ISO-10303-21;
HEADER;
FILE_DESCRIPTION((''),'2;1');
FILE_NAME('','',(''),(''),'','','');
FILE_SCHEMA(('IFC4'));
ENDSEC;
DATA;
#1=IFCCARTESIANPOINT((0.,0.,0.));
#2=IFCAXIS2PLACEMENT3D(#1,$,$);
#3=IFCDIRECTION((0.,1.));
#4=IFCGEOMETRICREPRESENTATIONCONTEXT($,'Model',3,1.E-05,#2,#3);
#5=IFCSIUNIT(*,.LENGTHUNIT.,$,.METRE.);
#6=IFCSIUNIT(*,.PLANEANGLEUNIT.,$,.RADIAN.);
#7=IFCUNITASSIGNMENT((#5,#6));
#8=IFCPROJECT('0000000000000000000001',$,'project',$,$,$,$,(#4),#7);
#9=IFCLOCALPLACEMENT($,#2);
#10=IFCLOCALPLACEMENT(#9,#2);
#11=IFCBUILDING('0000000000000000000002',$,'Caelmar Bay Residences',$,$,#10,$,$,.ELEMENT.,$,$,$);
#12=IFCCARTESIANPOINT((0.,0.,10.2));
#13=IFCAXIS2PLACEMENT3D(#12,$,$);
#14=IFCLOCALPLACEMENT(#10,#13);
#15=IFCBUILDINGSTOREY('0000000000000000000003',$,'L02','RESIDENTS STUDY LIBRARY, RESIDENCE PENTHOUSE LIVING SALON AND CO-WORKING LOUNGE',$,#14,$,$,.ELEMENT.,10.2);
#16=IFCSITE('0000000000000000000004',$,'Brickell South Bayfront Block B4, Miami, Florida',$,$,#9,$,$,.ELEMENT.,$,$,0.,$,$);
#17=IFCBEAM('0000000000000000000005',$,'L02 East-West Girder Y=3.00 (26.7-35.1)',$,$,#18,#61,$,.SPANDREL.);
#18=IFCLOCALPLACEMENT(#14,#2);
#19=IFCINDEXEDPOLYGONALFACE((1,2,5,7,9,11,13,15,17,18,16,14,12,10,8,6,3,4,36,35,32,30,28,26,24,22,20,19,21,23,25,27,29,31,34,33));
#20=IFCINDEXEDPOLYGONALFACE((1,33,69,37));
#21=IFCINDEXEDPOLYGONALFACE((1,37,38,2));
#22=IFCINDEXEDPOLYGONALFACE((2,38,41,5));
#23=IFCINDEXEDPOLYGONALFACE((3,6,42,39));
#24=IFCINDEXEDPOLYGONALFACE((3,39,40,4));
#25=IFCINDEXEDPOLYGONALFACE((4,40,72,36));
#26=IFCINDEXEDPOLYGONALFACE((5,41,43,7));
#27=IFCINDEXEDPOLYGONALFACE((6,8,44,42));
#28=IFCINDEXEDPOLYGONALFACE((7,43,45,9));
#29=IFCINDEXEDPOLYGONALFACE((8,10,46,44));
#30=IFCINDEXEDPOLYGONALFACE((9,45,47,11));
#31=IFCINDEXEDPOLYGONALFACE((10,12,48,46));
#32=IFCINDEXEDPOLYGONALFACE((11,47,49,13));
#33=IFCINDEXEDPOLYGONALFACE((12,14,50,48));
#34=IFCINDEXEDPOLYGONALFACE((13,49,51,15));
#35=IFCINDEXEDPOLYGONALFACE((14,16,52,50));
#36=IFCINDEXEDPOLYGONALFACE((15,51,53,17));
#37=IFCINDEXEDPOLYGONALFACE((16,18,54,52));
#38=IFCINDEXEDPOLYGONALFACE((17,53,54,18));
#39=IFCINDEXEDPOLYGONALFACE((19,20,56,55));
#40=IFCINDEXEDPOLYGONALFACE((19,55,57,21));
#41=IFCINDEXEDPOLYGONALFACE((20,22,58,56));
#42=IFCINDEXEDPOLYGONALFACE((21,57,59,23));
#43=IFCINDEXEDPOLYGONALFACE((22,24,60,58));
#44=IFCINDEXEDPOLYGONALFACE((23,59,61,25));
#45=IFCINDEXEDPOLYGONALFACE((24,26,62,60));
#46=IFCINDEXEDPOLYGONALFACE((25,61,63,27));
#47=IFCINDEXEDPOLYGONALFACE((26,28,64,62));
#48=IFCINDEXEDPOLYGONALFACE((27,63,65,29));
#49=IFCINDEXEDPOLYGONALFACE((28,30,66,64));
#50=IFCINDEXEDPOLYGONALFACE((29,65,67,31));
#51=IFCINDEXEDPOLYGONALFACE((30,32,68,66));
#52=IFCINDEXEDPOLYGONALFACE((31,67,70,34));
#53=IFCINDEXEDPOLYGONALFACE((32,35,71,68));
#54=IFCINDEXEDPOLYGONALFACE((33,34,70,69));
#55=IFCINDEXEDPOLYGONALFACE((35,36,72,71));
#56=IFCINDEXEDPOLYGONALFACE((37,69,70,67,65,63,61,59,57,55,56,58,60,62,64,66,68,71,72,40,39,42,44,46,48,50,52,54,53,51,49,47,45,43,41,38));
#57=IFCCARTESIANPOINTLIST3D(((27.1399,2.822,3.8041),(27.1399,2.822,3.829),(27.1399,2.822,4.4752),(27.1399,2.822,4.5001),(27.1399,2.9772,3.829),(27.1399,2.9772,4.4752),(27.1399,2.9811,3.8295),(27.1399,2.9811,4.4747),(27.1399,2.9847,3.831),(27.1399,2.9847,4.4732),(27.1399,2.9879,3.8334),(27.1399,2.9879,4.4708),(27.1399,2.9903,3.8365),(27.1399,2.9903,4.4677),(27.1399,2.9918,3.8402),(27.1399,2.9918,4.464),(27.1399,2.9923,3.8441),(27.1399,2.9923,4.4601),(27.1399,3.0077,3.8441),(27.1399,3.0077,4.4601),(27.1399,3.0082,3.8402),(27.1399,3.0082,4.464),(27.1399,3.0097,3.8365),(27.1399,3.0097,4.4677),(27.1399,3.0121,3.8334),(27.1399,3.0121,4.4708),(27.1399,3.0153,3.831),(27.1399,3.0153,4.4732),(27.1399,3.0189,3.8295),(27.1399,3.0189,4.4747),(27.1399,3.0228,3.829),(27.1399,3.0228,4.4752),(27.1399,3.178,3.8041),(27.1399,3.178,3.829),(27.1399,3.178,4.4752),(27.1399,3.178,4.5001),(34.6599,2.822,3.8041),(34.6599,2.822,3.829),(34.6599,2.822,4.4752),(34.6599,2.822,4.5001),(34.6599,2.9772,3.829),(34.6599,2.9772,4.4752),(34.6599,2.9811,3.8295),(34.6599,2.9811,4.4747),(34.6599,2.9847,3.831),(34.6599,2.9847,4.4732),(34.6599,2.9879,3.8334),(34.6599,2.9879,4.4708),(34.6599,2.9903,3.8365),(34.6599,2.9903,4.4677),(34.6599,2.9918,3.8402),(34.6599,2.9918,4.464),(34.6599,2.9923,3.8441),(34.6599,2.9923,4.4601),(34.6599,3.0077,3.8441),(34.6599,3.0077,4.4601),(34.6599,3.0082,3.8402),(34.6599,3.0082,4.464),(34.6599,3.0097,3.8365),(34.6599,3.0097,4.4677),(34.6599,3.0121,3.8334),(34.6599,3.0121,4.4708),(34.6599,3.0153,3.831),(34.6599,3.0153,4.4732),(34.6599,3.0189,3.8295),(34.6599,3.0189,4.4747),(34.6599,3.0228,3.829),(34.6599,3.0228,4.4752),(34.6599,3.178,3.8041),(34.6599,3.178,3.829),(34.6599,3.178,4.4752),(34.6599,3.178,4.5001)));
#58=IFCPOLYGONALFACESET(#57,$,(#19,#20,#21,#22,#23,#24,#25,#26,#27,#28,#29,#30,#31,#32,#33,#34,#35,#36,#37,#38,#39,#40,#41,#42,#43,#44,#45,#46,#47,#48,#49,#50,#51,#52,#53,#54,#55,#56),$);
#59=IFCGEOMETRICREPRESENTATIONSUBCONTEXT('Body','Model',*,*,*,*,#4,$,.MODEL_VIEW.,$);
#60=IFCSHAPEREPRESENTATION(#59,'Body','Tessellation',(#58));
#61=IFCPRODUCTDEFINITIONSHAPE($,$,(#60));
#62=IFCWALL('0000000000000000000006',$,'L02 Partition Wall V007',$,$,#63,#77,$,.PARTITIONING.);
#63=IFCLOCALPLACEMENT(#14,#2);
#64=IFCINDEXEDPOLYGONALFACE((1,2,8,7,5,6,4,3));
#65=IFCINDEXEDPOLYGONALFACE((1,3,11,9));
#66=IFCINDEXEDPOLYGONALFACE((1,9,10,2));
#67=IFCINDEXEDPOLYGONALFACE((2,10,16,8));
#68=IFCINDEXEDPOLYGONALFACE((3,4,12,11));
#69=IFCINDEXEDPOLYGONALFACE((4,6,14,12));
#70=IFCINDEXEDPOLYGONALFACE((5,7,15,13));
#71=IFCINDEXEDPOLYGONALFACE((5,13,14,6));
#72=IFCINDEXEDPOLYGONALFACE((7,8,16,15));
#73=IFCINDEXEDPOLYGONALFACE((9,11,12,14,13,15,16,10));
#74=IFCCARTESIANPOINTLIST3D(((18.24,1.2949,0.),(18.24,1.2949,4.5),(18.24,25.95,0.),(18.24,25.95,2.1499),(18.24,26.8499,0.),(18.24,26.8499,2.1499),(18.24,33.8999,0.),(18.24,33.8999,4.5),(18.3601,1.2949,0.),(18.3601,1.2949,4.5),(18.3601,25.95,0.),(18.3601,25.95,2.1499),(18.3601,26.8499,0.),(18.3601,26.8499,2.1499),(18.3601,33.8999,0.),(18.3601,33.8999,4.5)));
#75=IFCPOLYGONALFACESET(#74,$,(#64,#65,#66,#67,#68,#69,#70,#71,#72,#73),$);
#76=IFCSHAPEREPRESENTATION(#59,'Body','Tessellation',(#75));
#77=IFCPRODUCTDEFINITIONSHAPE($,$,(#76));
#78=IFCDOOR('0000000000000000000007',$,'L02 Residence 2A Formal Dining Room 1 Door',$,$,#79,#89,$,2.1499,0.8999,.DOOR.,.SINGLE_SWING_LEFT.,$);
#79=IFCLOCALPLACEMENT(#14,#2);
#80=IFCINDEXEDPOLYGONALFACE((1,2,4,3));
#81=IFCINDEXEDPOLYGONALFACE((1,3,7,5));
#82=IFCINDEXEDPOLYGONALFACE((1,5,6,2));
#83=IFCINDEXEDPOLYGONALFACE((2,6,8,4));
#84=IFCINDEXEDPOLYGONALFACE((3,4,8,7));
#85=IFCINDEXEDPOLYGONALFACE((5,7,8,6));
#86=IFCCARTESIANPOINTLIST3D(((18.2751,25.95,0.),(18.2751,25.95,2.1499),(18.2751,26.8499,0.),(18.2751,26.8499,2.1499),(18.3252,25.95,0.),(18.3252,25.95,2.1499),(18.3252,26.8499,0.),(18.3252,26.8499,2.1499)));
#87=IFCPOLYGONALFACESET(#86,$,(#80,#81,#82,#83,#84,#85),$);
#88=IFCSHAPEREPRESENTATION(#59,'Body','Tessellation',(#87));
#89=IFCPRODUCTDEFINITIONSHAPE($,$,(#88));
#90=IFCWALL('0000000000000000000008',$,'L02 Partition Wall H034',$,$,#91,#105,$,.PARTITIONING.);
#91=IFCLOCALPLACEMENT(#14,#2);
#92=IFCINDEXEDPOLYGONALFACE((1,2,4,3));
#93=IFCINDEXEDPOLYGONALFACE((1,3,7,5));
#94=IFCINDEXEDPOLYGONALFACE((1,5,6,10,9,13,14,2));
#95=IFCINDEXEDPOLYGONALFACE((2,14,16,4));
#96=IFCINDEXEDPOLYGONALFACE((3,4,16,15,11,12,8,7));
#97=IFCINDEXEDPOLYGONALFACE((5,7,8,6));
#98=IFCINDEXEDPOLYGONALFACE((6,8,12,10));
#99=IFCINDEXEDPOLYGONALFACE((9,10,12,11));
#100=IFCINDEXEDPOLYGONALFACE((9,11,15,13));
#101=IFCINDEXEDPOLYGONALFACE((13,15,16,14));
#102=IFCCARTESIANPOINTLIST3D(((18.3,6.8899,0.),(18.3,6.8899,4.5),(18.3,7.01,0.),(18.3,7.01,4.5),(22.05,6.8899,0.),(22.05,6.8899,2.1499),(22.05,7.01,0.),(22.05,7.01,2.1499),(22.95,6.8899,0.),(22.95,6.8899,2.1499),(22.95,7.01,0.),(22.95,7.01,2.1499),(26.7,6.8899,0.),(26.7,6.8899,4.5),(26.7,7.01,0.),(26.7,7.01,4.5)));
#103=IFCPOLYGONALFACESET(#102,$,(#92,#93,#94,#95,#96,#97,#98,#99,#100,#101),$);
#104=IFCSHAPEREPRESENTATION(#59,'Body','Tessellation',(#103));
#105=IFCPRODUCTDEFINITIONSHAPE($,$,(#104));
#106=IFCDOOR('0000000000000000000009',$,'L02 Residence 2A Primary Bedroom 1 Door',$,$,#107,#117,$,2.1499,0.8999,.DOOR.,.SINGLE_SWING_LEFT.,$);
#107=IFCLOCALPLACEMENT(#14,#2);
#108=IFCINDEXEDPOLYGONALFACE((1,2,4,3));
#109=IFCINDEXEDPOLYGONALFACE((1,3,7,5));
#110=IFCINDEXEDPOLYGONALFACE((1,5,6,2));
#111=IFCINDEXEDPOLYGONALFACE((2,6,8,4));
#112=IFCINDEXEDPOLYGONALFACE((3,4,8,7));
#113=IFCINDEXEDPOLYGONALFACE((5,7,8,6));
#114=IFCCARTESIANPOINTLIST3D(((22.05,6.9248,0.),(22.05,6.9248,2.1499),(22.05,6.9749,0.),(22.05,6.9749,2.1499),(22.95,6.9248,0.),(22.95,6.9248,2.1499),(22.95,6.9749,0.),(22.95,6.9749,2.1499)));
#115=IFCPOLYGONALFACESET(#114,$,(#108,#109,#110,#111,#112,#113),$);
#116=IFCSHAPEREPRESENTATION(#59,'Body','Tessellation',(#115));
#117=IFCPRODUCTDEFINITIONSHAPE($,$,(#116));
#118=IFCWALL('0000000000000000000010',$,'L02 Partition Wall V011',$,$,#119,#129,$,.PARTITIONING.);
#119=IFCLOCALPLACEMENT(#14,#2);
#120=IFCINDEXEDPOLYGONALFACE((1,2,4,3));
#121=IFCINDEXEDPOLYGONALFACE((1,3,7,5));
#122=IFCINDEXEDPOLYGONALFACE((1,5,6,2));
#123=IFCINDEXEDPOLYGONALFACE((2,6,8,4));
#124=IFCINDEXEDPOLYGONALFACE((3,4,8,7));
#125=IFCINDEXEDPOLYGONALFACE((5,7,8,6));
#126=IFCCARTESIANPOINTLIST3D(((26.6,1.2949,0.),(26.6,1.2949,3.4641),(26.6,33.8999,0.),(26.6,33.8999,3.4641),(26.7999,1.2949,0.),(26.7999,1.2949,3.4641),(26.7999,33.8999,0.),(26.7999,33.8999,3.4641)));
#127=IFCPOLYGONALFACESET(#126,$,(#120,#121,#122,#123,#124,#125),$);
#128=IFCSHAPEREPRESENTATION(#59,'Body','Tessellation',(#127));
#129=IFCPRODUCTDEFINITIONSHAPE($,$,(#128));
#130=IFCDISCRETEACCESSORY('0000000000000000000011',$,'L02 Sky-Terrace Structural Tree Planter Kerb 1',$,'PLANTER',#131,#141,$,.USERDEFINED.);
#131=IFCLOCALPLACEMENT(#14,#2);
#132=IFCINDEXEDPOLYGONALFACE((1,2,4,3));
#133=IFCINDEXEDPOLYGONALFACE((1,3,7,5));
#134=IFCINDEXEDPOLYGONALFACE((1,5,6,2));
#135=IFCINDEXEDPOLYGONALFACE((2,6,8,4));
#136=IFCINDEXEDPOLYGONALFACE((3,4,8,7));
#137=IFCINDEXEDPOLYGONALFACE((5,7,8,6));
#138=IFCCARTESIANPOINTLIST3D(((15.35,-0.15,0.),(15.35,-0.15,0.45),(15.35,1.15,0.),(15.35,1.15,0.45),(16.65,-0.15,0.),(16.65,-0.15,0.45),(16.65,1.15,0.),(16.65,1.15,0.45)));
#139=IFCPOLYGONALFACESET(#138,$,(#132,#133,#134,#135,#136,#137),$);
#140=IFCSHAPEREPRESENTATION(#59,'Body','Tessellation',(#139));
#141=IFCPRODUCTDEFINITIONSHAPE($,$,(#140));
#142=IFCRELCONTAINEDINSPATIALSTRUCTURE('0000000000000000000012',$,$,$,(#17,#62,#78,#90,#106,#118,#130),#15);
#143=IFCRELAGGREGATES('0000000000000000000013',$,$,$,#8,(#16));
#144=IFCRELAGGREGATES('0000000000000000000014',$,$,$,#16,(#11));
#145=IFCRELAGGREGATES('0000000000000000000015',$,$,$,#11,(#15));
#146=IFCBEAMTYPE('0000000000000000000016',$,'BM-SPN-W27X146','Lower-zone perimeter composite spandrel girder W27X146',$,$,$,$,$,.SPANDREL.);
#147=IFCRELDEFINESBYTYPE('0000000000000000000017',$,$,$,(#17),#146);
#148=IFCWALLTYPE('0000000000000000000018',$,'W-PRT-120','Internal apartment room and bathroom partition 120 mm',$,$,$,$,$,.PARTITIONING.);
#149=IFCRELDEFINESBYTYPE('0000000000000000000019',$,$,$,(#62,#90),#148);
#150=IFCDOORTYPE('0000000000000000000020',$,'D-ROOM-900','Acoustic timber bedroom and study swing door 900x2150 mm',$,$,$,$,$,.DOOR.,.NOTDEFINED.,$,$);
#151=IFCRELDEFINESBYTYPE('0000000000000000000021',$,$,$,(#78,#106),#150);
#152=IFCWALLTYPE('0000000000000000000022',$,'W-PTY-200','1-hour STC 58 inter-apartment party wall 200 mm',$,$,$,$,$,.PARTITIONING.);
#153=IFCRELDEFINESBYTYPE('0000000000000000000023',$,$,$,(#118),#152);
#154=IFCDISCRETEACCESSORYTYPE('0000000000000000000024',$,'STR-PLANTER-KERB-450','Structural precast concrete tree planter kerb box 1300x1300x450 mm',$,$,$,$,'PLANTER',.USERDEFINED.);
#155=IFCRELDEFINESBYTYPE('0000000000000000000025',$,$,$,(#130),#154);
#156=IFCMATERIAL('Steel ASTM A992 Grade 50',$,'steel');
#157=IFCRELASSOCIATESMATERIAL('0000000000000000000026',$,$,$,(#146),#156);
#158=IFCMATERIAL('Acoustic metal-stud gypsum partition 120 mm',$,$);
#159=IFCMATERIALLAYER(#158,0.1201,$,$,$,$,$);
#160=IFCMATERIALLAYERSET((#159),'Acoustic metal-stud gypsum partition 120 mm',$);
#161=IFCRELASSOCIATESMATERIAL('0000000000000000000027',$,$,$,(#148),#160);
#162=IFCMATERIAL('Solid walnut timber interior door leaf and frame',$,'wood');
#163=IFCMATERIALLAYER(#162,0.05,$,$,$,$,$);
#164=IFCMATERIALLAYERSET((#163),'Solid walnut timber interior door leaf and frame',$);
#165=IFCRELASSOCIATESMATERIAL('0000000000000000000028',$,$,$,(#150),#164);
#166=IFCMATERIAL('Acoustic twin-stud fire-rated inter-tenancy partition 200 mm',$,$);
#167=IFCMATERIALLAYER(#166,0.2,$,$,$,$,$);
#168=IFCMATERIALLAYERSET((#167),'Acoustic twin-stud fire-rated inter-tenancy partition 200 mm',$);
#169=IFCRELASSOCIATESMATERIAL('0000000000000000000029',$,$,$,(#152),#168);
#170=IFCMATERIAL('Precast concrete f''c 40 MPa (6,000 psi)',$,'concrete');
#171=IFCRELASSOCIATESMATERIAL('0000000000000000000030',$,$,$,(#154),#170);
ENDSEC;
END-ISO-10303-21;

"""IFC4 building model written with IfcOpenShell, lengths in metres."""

from ifc_helpers import new_model, si_unit, direction, frame, frame_2d, origin, origin_2d, place, context, subcontext, project, spatial, rectangle, i_section, extrude, material, layer, layer_set, material_profile, profile_set, type_object, element, fill, save


model = new_model("IFC4")

# Units and contexts
model_context = context("Model", 3, precision=1e-05, world=origin(), true_north=direction((0.0, 1.0)))
body_context = subcontext(model_context, "Body", "Model", "MODEL_VIEW")
ifc_project = project(units=[si_unit("LENGTHUNIT", "METRE"), si_unit("PLANEANGLEUNIT", "RADIAN")], contexts=[model_context])

# Site, building, storey
site_placement = place(None, origin())
site = spatial("IfcSite", under=ifc_project, at=site_placement, Name="Brickell South Bayfront Block B4, Miami, Florida", CompositionType="ELEMENT", RefElevation=0.0)
building_placement = place(site_placement, origin())
building = spatial("IfcBuilding", under=site, at=building_placement, Name="Caelmar Bay Residences", CompositionType="ELEMENT")
storey_placement = place(building_placement, frame((0.0, 0.0, 10.2)))
storey = spatial("IfcBuildingStorey", under=building, at=storey_placement, Name="L02", Description="RESIDENTS STUDY LIBRARY, RESIDENCE PENTHOUSE LIVING SALON AND CO-WORKING LOUNGE", CompositionType="ELEMENT", Elevation=10.2)

# Beam
ifc_material_1 = material(Name="Steel ASTM A992 Grade 50", Category="steel")
ifc_material_profile_1 = material_profile(ifc_material_1, i_section(OverallWidth=0.356, OverallDepth=0.696, WebThickness=0.0154, FlangeThickness=0.0249, FilletRadius=0.0151, at=origin_2d()), Name="W27X146")
ifc_profile_set_1 = profile_set([ifc_material_profile_1], Name="Steel ASTM A992 Grade 50")
beam_type_1 = type_object("IfcBeamType", Name="BM-SPN-W27X146", Description="Lower-zone perimeter composite spandrel girder W27X146", PredefinedType="SPANDREL", material=ifc_profile_set_1)
for number, where, z_axis, x_axis, name in (
    (1, (27.1399, 3.0, 4.1521), (1.0, 0.0, 0.0), (0.0, 1.0, 0.0), "L02 East-West Girder Y=3.00 (26.7-35.1)"),
):
    element("IfcBeam", number, at=place(storey_placement, frame(where, z_axis=z_axis, x_axis=x_axis)), inside=storey, type_object=beam_type_1, Name=name, PredefinedType="SPANDREL", context=body_context, shape_type="SweptSolid", body=[
        extrude(i_section(OverallWidth=0.356, OverallDepth=0.696, WebThickness=0.0154, FlangeThickness=0.0249, FilletRadius=0.0151, at=origin_2d()), origin(), (0.0, 0.0, 1.0), 7.52),
    ])

# Walls, openings, doors
ifc_material_2 = material(Name="Acoustic metal-stud gypsum partition 120 mm")
ifc_layer_1 = layer(ifc_material_2, 0.1201)
ifc_layer_set_1 = layer_set([ifc_layer_1], Name="Acoustic metal-stud gypsum partition 120 mm")
wall_type_1 = type_object("IfcWallType", Name="W-PRT-120", Description="Internal apartment room and bathroom partition 120 mm", PredefinedType="PARTITIONING", material=ifc_layer_set_1)
wall_1_placement = place(storey_placement, frame((18.3, 1.2949, 0.0), z_axis=(0.0, 0.0, 1.0), x_axis=(0.0, 1.0, 0.0)))
wall_1 = element("IfcWall", 2, at=wall_1_placement, inside=storey, type_object=wall_type_1, Name="L02 Partition Wall V007", PredefinedType="PARTITIONING", context=body_context, shape_type="SweptSolid", body=[
    extrude(rectangle(XDim=32.605, YDim=0.1201, at=frame_2d((16.3025, 0.0))), origin(), (0.0, 0.0, 1.0), 4.5),
])
opening_1_placement = place(wall_1_placement, frame((24.655, 0.0, 0.0)))
opening_1 = element("IfcOpeningElement", 3, at=opening_1_placement, cuts=wall_1, PredefinedType="OPENING", context=body_context, shape_type="SweptSolid", body=[
    extrude(rectangle(XDim=0.8999, YDim=2.1499, at=frame_2d((0.45, 1.075))), frame((0.0, 0.0701, 0.0), z_axis=(0.0, -1.0, 0.0), x_axis=(1.0, 0.0, 0.0)), (0.0, 0.0, 1.0), 0.1401),
])
ifc_material_3 = material(Name="Solid walnut timber interior door leaf and frame", Category="wood")
ifc_layer_2 = layer(ifc_material_3, 0.05)
ifc_layer_set_2 = layer_set([ifc_layer_2], Name="Solid walnut timber interior door leaf and frame")
door_type = type_object("IfcDoorType", Name="D-ROOM-900", Description="Acoustic timber bedroom and study swing door 900x2150 mm", OperationType="NOTDEFINED", PredefinedType="DOOR", material=ifc_layer_set_2)
door_1_placement = place(opening_1_placement, origin())
door_1 = element("IfcDoor", 4, at=door_1_placement, inside=storey, type_object=door_type, Name="L02 Residence 2A Formal Dining Room 1 Door", OperationType="SINGLE_SWING_LEFT", OverallHeight=2.1499, OverallWidth=0.8999, PredefinedType="DOOR", context=body_context, shape_type="SweptSolid", body=[
    extrude(rectangle(XDim=0.8999, YDim=2.1499, at=frame_2d((0.45, 1.075))), frame((0.0, 0.0249, 0.0), z_axis=(0.0, -1.0, 0.0), x_axis=(1.0, 0.0, 0.0)), (0.0, 0.0, 1.0), 0.05),
])
fill(opening_1, door_1)
wall_2_placement = place(storey_placement, frame((18.3, 6.95, 0.0), z_axis=(0.0, 0.0, 1.0), x_axis=(1.0, 0.0, 0.0)))
wall_2 = element("IfcWall", 5, at=wall_2_placement, inside=storey, type_object=wall_type_1, Name="L02 Partition Wall H034", PredefinedType="PARTITIONING", context=body_context, shape_type="SweptSolid", body=[
    extrude(rectangle(XDim=8.3999, YDim=0.1201, at=frame_2d((4.2, 0.0))), origin(), (0.0, 0.0, 1.0), 4.5),
])
opening_2_placement = place(wall_2_placement, frame((3.75, 0.0, 0.0)))
opening_2 = element("IfcOpeningElement", 6, at=opening_2_placement, cuts=wall_2, PredefinedType="OPENING", context=body_context, shape_type="SweptSolid", body=[
    extrude(rectangle(XDim=0.8999, YDim=2.1499, at=frame_2d((0.45, 1.075))), frame((0.0, 0.0701, 0.0), z_axis=(0.0, -1.0, 0.0), x_axis=(1.0, 0.0, 0.0)), (0.0, 0.0, 1.0), 0.1401),
])
door_2_placement = place(opening_2_placement, origin())
door_2 = element("IfcDoor", 7, at=door_2_placement, inside=storey, type_object=door_type, Name="L02 Residence 2A Primary Bedroom 1 Door", OperationType="SINGLE_SWING_LEFT", OverallHeight=2.1499, OverallWidth=0.8999, PredefinedType="DOOR", context=body_context, shape_type="SweptSolid", body=[
    extrude(rectangle(XDim=0.8999, YDim=2.1499, at=frame_2d((0.45, 1.075))), frame((0.0, 0.0249, 0.0), z_axis=(0.0, -1.0, 0.0), x_axis=(1.0, 0.0, 0.0)), (0.0, 0.0, 1.0), 0.05),
])
fill(opening_2, door_2)

# Wall
ifc_material_4 = material(Name="Acoustic twin-stud fire-rated inter-tenancy partition 200 mm")
ifc_layer_3 = layer(ifc_material_4, 0.2)
ifc_layer_set_3 = layer_set([ifc_layer_3], Name="Acoustic twin-stud fire-rated inter-tenancy partition 200 mm")
wall_type_2 = type_object("IfcWallType", Name="W-PTY-200", Description="1-hour STC 58 inter-apartment party wall 200 mm", PredefinedType="PARTITIONING", material=ifc_layer_set_3)
wall_3_placement = place(storey_placement, frame((26.7, 1.2949, 0.0), z_axis=(0.0, 0.0, 1.0), x_axis=(0.0, 1.0, 0.0)))
element("IfcWall", 8, at=wall_3_placement, inside=storey, type_object=wall_type_2, Name="L02 Partition Wall V011", PredefinedType="PARTITIONING", context=body_context, shape_type="SweptSolid", body=[
    extrude(rectangle(XDim=32.605, YDim=0.2, at=frame_2d((16.3025, 0.0))), origin(), (0.0, 0.0, 1.0), 3.4641),
])

# Discrete accessory
ifc_material_5 = material(Name="Precast concrete f'c 40 MPa (6,000 psi)", Category="concrete")
discrete_accessory_type = type_object("IfcDiscreteAccessoryType", Name="STR-PLANTER-KERB-450", Description="Structural precast concrete tree planter kerb box 1300x1300x450 mm", ElementType="PLANTER", PredefinedType="USERDEFINED", material=ifc_material_5)
discrete_accessory_placement = place(storey_placement, frame((16.0, 0.5, 0.0), z_axis=(0.0, 0.0, 1.0), x_axis=(1.0, 0.0, 0.0)))
element("IfcDiscreteAccessory", 9, at=discrete_accessory_placement, inside=storey, type_object=discrete_accessory_type, Name="L02 Sky-Terrace Structural Tree Planter Kerb 1", ObjectType="PLANTER", PredefinedType="USERDEFINED", context=body_context, shape_type="SweptSolid", body=[
    extrude(rectangle(XDim=1.3, YDim=1.3, at=origin_2d()), origin(), (0.0, 0.0, 1.0), 0.45),
])

save(model, "model.ifc")
